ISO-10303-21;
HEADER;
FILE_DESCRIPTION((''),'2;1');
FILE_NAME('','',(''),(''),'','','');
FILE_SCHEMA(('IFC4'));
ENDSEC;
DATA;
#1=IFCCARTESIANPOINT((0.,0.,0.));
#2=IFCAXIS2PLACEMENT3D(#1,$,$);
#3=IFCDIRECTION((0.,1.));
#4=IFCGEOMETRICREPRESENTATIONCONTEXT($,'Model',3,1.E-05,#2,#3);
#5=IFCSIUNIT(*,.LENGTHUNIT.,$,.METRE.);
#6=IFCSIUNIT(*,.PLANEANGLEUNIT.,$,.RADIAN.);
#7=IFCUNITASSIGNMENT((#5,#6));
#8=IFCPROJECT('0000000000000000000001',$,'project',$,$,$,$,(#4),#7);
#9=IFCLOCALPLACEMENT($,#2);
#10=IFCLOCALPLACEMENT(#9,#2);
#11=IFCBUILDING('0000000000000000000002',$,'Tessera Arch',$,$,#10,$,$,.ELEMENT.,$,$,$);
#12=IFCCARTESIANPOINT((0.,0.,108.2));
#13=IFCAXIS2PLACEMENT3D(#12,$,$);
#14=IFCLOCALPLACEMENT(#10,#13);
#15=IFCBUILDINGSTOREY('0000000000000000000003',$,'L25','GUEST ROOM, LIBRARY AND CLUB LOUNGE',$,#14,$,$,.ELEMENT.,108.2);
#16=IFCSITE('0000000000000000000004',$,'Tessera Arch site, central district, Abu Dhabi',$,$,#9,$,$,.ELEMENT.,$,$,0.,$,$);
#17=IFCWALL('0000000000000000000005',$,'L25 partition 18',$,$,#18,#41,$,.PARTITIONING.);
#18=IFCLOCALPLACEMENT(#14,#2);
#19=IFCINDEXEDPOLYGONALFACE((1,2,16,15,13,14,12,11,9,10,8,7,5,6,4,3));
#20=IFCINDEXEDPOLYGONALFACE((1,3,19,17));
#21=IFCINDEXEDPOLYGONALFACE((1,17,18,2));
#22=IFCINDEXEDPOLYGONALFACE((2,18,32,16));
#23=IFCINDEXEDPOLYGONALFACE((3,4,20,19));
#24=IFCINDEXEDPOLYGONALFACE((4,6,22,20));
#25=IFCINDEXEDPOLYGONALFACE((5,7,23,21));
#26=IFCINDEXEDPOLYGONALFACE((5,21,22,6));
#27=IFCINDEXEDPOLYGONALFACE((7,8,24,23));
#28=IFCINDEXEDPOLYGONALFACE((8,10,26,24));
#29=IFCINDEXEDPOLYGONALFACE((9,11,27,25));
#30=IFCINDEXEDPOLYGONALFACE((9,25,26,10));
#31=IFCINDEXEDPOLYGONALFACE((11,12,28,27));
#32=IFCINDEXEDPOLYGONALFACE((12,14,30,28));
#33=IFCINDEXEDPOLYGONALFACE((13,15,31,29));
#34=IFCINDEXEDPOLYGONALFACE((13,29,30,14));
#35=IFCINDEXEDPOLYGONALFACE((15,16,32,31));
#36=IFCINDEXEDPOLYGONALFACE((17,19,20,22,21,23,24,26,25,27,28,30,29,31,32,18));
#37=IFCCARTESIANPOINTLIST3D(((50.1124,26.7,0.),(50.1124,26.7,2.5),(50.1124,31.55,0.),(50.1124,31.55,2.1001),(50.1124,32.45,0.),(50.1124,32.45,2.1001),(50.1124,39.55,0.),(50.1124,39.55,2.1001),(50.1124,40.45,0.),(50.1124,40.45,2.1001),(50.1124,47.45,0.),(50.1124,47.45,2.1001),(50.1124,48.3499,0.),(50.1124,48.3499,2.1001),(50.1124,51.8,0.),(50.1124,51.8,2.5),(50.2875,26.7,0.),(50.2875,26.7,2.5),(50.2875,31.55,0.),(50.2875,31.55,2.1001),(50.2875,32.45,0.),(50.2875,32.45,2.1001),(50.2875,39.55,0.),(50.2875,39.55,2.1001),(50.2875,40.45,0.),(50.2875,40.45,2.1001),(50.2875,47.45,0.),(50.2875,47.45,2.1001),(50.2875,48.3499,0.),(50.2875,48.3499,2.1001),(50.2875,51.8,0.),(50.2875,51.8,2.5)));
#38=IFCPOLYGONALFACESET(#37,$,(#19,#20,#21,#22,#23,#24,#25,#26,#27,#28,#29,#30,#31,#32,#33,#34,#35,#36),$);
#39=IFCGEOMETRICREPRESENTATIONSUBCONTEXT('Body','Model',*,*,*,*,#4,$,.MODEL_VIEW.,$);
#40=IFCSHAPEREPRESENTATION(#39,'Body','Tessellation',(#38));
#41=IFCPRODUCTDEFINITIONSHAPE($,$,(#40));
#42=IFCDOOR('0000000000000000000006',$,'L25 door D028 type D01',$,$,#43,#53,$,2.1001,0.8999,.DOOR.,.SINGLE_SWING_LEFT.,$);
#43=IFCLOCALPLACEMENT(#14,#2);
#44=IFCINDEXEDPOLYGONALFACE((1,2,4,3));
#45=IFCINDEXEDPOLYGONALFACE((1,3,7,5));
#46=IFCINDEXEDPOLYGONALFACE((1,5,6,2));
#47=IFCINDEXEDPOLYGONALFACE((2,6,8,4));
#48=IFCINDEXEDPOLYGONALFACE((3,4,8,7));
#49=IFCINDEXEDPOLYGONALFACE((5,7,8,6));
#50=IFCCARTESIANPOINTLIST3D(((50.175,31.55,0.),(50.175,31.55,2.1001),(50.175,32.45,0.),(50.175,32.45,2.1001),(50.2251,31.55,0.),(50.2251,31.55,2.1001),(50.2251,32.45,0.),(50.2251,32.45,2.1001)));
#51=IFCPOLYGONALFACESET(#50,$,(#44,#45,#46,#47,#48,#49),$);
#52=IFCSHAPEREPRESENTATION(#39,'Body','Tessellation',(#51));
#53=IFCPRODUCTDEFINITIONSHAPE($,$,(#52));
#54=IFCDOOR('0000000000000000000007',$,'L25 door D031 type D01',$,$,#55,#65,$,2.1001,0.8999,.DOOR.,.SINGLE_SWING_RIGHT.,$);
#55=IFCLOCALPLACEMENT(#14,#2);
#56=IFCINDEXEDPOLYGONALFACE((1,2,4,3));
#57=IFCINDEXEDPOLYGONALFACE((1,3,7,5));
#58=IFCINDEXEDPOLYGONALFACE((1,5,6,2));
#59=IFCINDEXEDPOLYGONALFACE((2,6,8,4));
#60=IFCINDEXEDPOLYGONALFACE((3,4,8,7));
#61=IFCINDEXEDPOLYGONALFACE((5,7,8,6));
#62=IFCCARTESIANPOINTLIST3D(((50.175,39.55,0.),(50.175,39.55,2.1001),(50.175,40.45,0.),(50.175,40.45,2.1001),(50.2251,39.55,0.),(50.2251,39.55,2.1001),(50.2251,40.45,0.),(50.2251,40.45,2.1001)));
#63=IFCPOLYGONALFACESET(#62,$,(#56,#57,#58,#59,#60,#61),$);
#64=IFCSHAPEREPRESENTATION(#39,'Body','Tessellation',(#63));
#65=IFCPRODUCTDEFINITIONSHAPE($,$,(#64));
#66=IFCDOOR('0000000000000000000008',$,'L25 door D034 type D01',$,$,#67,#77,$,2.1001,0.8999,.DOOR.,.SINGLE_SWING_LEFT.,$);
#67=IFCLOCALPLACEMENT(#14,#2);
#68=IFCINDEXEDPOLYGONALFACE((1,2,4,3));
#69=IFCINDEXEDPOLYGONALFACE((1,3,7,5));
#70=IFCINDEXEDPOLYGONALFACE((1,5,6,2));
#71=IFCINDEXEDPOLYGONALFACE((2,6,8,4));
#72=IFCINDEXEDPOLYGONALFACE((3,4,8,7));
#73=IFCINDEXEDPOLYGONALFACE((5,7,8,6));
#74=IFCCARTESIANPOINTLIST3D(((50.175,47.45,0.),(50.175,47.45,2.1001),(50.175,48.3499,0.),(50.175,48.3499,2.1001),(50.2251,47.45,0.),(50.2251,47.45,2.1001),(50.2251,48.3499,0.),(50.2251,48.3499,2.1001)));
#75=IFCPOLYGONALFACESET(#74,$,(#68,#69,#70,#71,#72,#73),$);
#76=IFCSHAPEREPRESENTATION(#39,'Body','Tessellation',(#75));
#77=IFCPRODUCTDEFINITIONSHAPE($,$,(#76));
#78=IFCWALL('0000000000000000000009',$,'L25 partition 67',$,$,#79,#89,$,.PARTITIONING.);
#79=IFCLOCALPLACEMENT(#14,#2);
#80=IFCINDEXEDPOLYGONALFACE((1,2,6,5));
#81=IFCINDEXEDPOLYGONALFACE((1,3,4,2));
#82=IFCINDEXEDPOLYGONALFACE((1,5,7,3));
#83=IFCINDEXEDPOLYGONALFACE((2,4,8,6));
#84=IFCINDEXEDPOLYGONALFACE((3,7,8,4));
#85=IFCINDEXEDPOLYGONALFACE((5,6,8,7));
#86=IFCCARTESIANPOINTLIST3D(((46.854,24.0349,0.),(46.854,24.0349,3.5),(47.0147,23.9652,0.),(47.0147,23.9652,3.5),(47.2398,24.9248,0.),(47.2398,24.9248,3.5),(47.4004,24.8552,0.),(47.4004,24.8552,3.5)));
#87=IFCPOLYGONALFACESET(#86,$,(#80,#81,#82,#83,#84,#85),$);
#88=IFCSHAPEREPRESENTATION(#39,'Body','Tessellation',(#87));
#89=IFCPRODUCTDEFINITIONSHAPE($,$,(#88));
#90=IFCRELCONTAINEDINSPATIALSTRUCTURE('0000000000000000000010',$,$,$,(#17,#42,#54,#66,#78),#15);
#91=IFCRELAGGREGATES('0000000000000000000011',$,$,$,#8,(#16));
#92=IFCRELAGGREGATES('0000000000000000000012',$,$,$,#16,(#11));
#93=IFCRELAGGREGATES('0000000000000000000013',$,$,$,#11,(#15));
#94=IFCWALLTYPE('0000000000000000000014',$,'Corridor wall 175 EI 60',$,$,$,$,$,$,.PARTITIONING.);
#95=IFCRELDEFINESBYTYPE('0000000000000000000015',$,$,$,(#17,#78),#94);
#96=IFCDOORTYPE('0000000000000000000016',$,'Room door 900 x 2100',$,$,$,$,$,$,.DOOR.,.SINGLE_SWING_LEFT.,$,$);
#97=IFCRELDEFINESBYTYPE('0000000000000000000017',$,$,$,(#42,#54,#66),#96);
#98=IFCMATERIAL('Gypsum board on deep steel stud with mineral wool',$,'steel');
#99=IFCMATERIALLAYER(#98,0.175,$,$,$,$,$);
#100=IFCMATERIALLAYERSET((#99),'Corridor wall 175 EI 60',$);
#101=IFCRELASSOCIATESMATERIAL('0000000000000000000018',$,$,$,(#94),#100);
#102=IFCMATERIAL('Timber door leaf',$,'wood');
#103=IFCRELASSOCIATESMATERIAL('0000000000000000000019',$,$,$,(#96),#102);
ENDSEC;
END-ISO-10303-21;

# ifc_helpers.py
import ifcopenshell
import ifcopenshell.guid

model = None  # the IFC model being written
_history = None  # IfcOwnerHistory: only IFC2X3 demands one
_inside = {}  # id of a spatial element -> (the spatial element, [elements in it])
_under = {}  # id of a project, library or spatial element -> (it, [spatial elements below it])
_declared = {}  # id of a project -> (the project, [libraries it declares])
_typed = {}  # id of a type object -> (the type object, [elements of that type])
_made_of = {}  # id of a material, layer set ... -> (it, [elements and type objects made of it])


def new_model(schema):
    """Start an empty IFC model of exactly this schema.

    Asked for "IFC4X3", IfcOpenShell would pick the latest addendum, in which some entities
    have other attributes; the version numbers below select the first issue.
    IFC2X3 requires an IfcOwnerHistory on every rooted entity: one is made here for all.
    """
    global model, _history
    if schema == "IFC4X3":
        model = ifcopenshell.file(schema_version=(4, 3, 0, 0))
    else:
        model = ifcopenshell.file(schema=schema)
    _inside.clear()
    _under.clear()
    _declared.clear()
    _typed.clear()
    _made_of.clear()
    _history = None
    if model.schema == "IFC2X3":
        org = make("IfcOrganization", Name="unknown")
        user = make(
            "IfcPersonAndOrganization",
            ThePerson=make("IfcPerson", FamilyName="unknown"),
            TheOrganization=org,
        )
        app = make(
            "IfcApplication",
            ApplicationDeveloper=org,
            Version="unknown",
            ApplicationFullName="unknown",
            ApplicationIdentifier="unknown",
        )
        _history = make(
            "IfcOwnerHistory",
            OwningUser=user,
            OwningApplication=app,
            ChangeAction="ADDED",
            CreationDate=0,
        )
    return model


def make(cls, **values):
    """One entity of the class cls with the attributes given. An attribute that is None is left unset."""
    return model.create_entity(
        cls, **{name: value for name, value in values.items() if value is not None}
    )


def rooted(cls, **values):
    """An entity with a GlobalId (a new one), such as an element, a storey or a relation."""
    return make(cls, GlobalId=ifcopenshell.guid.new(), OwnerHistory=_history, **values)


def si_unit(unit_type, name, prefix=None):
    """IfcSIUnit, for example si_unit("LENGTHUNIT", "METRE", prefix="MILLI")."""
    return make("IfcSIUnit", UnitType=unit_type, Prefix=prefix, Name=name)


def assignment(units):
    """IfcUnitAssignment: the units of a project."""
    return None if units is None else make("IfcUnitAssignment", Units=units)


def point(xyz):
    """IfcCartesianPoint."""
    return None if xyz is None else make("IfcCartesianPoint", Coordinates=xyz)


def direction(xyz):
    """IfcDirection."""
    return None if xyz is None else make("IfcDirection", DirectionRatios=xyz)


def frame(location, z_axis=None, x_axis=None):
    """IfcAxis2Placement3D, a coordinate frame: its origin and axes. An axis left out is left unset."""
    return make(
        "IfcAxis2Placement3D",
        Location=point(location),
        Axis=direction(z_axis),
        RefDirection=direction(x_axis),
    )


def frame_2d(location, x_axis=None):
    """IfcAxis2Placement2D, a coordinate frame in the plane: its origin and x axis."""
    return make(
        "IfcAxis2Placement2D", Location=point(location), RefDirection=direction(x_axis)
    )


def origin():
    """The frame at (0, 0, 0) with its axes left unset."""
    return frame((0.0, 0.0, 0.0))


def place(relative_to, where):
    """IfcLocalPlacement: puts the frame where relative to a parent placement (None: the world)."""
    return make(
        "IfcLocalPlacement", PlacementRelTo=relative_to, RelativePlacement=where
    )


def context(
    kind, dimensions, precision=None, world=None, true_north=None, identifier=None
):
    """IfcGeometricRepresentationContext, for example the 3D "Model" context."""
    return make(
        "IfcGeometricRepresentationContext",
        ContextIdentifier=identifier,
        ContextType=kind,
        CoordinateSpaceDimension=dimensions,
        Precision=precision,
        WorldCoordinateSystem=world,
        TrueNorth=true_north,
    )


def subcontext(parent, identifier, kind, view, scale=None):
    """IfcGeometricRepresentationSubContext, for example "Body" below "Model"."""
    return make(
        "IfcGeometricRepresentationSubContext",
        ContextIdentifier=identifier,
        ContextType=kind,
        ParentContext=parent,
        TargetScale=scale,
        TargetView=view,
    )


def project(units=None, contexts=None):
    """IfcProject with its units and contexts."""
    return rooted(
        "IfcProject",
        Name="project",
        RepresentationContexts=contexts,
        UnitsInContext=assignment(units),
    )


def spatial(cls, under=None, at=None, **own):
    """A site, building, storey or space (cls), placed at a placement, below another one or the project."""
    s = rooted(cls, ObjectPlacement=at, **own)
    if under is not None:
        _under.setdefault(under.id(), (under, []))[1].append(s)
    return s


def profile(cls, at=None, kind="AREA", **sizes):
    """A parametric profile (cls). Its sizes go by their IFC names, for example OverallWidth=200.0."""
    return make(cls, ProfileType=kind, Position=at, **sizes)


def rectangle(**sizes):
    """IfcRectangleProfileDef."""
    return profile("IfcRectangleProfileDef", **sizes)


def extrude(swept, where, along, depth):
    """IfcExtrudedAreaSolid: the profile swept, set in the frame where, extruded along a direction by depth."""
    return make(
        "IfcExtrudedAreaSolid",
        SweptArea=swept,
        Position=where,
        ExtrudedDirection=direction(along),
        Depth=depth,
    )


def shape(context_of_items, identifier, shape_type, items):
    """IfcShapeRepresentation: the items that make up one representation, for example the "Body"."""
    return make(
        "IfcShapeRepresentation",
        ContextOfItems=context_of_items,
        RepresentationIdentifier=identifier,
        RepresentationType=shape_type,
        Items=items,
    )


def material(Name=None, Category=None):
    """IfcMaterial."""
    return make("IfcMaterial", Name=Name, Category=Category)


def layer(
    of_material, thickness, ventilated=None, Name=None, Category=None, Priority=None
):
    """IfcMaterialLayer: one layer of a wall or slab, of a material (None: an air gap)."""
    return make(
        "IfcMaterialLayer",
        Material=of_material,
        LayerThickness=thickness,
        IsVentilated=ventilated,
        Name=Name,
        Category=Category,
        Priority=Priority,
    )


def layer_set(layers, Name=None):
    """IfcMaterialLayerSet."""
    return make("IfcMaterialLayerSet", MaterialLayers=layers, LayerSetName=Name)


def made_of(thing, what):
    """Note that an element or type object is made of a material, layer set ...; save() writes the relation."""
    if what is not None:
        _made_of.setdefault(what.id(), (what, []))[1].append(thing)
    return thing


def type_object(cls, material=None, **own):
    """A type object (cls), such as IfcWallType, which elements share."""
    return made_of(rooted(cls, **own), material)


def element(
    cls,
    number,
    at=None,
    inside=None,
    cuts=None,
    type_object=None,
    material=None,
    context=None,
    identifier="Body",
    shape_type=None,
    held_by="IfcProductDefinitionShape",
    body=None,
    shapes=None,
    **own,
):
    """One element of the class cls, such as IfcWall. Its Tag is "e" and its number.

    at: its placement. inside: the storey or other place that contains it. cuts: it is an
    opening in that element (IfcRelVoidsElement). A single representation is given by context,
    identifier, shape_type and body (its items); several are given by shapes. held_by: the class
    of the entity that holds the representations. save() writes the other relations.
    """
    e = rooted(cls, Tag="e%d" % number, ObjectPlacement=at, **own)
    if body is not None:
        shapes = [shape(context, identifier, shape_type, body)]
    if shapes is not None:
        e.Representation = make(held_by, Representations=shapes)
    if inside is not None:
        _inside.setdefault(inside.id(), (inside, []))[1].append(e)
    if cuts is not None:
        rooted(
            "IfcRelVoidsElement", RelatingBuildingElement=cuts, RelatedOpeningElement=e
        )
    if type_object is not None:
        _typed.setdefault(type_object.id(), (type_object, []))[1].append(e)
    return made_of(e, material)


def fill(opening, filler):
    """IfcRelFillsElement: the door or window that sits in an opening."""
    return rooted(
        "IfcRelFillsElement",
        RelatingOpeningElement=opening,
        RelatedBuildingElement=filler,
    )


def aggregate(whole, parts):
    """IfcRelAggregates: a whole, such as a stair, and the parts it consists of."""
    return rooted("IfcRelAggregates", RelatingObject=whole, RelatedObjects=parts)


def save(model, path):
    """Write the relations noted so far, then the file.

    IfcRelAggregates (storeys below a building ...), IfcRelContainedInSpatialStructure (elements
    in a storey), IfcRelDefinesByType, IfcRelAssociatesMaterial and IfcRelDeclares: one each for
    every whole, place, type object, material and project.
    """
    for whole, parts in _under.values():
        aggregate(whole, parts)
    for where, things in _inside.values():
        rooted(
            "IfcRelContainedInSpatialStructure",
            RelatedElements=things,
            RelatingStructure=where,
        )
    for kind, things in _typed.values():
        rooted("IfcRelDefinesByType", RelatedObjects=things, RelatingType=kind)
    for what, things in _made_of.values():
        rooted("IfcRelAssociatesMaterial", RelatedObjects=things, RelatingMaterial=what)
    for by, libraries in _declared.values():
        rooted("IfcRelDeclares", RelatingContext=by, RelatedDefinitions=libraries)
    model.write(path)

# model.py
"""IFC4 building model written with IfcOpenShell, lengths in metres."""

from ifc_helpers import new_model, si_unit, direction, frame, frame_2d, origin, place, context, subcontext, project, spatial, rectangle, extrude, material, layer, layer_set, type_object, element, fill, save


model = new_model("IFC4")

# Units and contexts
model_context = context("Model", 3, precision=1e-05, world=origin(), true_north=direction((0.0, 1.0)))
body_context = subcontext(model_context, "Body", "Model", "MODEL_VIEW")
ifc_project = project(units=[si_unit("LENGTHUNIT", "METRE"), si_unit("PLANEANGLEUNIT", "RADIAN")], contexts=[model_context])

# Site, building, storey
site_placement = place(None, origin())
site = spatial("IfcSite", under=ifc_project, at=site_placement, Name="Tessera Arch site, central district, Abu Dhabi", CompositionType="ELEMENT", RefElevation=0.0)
building_placement = place(site_placement, origin())
building = spatial("IfcBuilding", under=site, at=building_placement, Name="Tessera Arch", CompositionType="ELEMENT")
storey_placement = place(building_placement, frame((0.0, 0.0, 108.2)))
storey = spatial("IfcBuildingStorey", under=building, at=storey_placement, Name="L25", Description="GUEST ROOM, LIBRARY AND CLUB LOUNGE", CompositionType="ELEMENT", Elevation=108.2)

# Shared definitions
ifc_material_1 = material(Name="Gypsum board on deep steel stud with mineral wool", Category="steel")
ifc_layer_1 = layer(ifc_material_1, 0.175)
ifc_layer_set_1 = layer_set([ifc_layer_1], Name="Corridor wall 175 EI 60")
wall_type = type_object("IfcWallType", Name="Corridor wall 175 EI 60", PredefinedType="PARTITIONING", material=ifc_layer_set_1)

# Wall, openings, doors
wall_1_placement = place(storey_placement, frame((50.2, 26.7, 0.0), z_axis=(0.0, 0.0, 1.0), x_axis=(0.0, 1.0, 0.0)))
wall_1 = element("IfcWall", 1, at=wall_1_placement, inside=storey, type_object=wall_type, Name="L25 partition 18", PredefinedType="PARTITIONING", context=body_context, shape_type="SweptSolid", body=[
    extrude(rectangle(XDim=25.1001, YDim=0.175, at=frame_2d((12.55, 0.0))), origin(), (0.0, 0.0, 1.0), 2.5),
])
opening_1_placement = place(wall_1_placement, frame((4.8501, 0.0, 0.0)))
opening_1 = element("IfcOpeningElement", 2, at=opening_1_placement, cuts=wall_1, PredefinedType="OPENING", context=body_context, shape_type="SweptSolid", body=[
    extrude(rectangle(XDim=0.8999, YDim=2.1001, at=frame_2d((0.45, 1.05))), frame((0.0, 0.0974, 0.0), z_axis=(0.0, -1.0, 0.0), x_axis=(1.0, 0.0, 0.0)), (0.0, 0.0, 1.0), 0.1951),
])
opening_2_placement = place(wall_1_placement, frame((12.8501, 0.0, 0.0)))
opening_2 = element("IfcOpeningElement", 3, at=opening_2_placement, cuts=wall_1, PredefinedType="OPENING", context=body_context, shape_type="SweptSolid", body=[
    extrude(rectangle(XDim=0.8999, YDim=2.1001, at=frame_2d((0.45, 1.05))), frame((0.0, 0.0974, 0.0), z_axis=(0.0, -1.0, 0.0), x_axis=(1.0, 0.0, 0.0)), (0.0, 0.0, 1.0), 0.1951),
])
opening_3_placement = place(wall_1_placement, frame((20.75, 0.0, 0.0)))
opening_3 = element("IfcOpeningElement", 4, at=opening_3_placement, cuts=wall_1, PredefinedType="OPENING", context=body_context, shape_type="SweptSolid", body=[
    extrude(rectangle(XDim=0.8999, YDim=2.1001, at=frame_2d((0.45, 1.05))), frame((0.0, 0.0974, 0.0), z_axis=(0.0, -1.0, 0.0), x_axis=(1.0, 0.0, 0.0)), (0.0, 0.0, 1.0), 0.1951),
])
ifc_material_2 = material(Name="Timber door leaf", Category="wood")
door_type_1 = type_object("IfcDoorType", Name="Room door 900 x 2100", OperationType="SINGLE_SWING_LEFT", PredefinedType="DOOR", material=ifc_material_2)
door_1_placement = place(opening_1_placement, origin())
door_1 = element("IfcDoor", 5, at=door_1_placement, inside=storey, type_object=door_type_1, Name="L25 door D028 type D01", OperationType="SINGLE_SWING_LEFT", OverallHeight=2.1001, OverallWidth=0.8999, PredefinedType="DOOR", context=body_context, shape_type="SweptSolid", body=[
    extrude(rectangle(XDim=0.8999, YDim=2.1001, at=frame_2d((0.45, 1.05))), frame((0.0, 0.0249, 0.0), z_axis=(0.0, -1.0, 0.0), x_axis=(1.0, 0.0, 0.0)), (0.0, 0.0, 1.0), 0.05),
])
fill(opening_1, door_1)
door_2_placement = place(opening_2_placement, origin())
door_2 = element("IfcDoor", 6, at=door_2_placement, inside=storey, type_object=door_type_1, Name="L25 door D031 type D01", OperationType="SINGLE_SWING_RIGHT", OverallHeight=2.1001, OverallWidth=0.8999, PredefinedType="DOOR", context=body_context, shape_type="SweptSolid", body=[
    extrude(rectangle(XDim=0.8999, YDim=2.1001, at=frame_2d((0.45, 1.05))), frame((0.0, 0.0249, 0.0), z_axis=(0.0, -1.0, 0.0), x_axis=(1.0, 0.0, 0.0)), (0.0, 0.0, 1.0), 0.05),
])
fill(opening_2, door_2)
door_3_placement = place(opening_3_placement, origin())
door_3 = element("IfcDoor", 7, at=door_3_placement, inside=storey, type_object=door_type_1, Name="L25 door D034 type D01", OperationType="SINGLE_SWING_LEFT", OverallHeight=2.1001, OverallWidth=0.8999, PredefinedType="DOOR", context=body_context, shape_type="SweptSolid", body=[
    extrude(rectangle(XDim=0.8999, YDim=2.1001, at=frame_2d((0.45, 1.05))), frame((0.0, 0.0249, 0.0), z_axis=(0.0, -1.0, 0.0), x_axis=(1.0, 0.0, 0.0)), (0.0, 0.0, 1.0), 0.05),
])
fill(opening_3, door_3)

# Wall
wall_2_placement = place(storey_placement, frame((47.3201, 24.8899, 0.0), z_axis=(0.0, 0.0, 1.0), x_axis=(-0.397713, -0.91751, 0.0)))
element("IfcWall", 8, at=wall_2_placement, inside=storey, type_object=wall_type, Name="L25 partition 67", PredefinedType="PARTITIONING", context=body_context, shape_type="SweptSolid", body=[
    extrude(rectangle(XDim=0.97, YDim=0.175, at=frame_2d((0.4849, 0.0))), origin(), (0.0, 0.0, 1.0), 3.5),
])

save(model, "model.ifc")
